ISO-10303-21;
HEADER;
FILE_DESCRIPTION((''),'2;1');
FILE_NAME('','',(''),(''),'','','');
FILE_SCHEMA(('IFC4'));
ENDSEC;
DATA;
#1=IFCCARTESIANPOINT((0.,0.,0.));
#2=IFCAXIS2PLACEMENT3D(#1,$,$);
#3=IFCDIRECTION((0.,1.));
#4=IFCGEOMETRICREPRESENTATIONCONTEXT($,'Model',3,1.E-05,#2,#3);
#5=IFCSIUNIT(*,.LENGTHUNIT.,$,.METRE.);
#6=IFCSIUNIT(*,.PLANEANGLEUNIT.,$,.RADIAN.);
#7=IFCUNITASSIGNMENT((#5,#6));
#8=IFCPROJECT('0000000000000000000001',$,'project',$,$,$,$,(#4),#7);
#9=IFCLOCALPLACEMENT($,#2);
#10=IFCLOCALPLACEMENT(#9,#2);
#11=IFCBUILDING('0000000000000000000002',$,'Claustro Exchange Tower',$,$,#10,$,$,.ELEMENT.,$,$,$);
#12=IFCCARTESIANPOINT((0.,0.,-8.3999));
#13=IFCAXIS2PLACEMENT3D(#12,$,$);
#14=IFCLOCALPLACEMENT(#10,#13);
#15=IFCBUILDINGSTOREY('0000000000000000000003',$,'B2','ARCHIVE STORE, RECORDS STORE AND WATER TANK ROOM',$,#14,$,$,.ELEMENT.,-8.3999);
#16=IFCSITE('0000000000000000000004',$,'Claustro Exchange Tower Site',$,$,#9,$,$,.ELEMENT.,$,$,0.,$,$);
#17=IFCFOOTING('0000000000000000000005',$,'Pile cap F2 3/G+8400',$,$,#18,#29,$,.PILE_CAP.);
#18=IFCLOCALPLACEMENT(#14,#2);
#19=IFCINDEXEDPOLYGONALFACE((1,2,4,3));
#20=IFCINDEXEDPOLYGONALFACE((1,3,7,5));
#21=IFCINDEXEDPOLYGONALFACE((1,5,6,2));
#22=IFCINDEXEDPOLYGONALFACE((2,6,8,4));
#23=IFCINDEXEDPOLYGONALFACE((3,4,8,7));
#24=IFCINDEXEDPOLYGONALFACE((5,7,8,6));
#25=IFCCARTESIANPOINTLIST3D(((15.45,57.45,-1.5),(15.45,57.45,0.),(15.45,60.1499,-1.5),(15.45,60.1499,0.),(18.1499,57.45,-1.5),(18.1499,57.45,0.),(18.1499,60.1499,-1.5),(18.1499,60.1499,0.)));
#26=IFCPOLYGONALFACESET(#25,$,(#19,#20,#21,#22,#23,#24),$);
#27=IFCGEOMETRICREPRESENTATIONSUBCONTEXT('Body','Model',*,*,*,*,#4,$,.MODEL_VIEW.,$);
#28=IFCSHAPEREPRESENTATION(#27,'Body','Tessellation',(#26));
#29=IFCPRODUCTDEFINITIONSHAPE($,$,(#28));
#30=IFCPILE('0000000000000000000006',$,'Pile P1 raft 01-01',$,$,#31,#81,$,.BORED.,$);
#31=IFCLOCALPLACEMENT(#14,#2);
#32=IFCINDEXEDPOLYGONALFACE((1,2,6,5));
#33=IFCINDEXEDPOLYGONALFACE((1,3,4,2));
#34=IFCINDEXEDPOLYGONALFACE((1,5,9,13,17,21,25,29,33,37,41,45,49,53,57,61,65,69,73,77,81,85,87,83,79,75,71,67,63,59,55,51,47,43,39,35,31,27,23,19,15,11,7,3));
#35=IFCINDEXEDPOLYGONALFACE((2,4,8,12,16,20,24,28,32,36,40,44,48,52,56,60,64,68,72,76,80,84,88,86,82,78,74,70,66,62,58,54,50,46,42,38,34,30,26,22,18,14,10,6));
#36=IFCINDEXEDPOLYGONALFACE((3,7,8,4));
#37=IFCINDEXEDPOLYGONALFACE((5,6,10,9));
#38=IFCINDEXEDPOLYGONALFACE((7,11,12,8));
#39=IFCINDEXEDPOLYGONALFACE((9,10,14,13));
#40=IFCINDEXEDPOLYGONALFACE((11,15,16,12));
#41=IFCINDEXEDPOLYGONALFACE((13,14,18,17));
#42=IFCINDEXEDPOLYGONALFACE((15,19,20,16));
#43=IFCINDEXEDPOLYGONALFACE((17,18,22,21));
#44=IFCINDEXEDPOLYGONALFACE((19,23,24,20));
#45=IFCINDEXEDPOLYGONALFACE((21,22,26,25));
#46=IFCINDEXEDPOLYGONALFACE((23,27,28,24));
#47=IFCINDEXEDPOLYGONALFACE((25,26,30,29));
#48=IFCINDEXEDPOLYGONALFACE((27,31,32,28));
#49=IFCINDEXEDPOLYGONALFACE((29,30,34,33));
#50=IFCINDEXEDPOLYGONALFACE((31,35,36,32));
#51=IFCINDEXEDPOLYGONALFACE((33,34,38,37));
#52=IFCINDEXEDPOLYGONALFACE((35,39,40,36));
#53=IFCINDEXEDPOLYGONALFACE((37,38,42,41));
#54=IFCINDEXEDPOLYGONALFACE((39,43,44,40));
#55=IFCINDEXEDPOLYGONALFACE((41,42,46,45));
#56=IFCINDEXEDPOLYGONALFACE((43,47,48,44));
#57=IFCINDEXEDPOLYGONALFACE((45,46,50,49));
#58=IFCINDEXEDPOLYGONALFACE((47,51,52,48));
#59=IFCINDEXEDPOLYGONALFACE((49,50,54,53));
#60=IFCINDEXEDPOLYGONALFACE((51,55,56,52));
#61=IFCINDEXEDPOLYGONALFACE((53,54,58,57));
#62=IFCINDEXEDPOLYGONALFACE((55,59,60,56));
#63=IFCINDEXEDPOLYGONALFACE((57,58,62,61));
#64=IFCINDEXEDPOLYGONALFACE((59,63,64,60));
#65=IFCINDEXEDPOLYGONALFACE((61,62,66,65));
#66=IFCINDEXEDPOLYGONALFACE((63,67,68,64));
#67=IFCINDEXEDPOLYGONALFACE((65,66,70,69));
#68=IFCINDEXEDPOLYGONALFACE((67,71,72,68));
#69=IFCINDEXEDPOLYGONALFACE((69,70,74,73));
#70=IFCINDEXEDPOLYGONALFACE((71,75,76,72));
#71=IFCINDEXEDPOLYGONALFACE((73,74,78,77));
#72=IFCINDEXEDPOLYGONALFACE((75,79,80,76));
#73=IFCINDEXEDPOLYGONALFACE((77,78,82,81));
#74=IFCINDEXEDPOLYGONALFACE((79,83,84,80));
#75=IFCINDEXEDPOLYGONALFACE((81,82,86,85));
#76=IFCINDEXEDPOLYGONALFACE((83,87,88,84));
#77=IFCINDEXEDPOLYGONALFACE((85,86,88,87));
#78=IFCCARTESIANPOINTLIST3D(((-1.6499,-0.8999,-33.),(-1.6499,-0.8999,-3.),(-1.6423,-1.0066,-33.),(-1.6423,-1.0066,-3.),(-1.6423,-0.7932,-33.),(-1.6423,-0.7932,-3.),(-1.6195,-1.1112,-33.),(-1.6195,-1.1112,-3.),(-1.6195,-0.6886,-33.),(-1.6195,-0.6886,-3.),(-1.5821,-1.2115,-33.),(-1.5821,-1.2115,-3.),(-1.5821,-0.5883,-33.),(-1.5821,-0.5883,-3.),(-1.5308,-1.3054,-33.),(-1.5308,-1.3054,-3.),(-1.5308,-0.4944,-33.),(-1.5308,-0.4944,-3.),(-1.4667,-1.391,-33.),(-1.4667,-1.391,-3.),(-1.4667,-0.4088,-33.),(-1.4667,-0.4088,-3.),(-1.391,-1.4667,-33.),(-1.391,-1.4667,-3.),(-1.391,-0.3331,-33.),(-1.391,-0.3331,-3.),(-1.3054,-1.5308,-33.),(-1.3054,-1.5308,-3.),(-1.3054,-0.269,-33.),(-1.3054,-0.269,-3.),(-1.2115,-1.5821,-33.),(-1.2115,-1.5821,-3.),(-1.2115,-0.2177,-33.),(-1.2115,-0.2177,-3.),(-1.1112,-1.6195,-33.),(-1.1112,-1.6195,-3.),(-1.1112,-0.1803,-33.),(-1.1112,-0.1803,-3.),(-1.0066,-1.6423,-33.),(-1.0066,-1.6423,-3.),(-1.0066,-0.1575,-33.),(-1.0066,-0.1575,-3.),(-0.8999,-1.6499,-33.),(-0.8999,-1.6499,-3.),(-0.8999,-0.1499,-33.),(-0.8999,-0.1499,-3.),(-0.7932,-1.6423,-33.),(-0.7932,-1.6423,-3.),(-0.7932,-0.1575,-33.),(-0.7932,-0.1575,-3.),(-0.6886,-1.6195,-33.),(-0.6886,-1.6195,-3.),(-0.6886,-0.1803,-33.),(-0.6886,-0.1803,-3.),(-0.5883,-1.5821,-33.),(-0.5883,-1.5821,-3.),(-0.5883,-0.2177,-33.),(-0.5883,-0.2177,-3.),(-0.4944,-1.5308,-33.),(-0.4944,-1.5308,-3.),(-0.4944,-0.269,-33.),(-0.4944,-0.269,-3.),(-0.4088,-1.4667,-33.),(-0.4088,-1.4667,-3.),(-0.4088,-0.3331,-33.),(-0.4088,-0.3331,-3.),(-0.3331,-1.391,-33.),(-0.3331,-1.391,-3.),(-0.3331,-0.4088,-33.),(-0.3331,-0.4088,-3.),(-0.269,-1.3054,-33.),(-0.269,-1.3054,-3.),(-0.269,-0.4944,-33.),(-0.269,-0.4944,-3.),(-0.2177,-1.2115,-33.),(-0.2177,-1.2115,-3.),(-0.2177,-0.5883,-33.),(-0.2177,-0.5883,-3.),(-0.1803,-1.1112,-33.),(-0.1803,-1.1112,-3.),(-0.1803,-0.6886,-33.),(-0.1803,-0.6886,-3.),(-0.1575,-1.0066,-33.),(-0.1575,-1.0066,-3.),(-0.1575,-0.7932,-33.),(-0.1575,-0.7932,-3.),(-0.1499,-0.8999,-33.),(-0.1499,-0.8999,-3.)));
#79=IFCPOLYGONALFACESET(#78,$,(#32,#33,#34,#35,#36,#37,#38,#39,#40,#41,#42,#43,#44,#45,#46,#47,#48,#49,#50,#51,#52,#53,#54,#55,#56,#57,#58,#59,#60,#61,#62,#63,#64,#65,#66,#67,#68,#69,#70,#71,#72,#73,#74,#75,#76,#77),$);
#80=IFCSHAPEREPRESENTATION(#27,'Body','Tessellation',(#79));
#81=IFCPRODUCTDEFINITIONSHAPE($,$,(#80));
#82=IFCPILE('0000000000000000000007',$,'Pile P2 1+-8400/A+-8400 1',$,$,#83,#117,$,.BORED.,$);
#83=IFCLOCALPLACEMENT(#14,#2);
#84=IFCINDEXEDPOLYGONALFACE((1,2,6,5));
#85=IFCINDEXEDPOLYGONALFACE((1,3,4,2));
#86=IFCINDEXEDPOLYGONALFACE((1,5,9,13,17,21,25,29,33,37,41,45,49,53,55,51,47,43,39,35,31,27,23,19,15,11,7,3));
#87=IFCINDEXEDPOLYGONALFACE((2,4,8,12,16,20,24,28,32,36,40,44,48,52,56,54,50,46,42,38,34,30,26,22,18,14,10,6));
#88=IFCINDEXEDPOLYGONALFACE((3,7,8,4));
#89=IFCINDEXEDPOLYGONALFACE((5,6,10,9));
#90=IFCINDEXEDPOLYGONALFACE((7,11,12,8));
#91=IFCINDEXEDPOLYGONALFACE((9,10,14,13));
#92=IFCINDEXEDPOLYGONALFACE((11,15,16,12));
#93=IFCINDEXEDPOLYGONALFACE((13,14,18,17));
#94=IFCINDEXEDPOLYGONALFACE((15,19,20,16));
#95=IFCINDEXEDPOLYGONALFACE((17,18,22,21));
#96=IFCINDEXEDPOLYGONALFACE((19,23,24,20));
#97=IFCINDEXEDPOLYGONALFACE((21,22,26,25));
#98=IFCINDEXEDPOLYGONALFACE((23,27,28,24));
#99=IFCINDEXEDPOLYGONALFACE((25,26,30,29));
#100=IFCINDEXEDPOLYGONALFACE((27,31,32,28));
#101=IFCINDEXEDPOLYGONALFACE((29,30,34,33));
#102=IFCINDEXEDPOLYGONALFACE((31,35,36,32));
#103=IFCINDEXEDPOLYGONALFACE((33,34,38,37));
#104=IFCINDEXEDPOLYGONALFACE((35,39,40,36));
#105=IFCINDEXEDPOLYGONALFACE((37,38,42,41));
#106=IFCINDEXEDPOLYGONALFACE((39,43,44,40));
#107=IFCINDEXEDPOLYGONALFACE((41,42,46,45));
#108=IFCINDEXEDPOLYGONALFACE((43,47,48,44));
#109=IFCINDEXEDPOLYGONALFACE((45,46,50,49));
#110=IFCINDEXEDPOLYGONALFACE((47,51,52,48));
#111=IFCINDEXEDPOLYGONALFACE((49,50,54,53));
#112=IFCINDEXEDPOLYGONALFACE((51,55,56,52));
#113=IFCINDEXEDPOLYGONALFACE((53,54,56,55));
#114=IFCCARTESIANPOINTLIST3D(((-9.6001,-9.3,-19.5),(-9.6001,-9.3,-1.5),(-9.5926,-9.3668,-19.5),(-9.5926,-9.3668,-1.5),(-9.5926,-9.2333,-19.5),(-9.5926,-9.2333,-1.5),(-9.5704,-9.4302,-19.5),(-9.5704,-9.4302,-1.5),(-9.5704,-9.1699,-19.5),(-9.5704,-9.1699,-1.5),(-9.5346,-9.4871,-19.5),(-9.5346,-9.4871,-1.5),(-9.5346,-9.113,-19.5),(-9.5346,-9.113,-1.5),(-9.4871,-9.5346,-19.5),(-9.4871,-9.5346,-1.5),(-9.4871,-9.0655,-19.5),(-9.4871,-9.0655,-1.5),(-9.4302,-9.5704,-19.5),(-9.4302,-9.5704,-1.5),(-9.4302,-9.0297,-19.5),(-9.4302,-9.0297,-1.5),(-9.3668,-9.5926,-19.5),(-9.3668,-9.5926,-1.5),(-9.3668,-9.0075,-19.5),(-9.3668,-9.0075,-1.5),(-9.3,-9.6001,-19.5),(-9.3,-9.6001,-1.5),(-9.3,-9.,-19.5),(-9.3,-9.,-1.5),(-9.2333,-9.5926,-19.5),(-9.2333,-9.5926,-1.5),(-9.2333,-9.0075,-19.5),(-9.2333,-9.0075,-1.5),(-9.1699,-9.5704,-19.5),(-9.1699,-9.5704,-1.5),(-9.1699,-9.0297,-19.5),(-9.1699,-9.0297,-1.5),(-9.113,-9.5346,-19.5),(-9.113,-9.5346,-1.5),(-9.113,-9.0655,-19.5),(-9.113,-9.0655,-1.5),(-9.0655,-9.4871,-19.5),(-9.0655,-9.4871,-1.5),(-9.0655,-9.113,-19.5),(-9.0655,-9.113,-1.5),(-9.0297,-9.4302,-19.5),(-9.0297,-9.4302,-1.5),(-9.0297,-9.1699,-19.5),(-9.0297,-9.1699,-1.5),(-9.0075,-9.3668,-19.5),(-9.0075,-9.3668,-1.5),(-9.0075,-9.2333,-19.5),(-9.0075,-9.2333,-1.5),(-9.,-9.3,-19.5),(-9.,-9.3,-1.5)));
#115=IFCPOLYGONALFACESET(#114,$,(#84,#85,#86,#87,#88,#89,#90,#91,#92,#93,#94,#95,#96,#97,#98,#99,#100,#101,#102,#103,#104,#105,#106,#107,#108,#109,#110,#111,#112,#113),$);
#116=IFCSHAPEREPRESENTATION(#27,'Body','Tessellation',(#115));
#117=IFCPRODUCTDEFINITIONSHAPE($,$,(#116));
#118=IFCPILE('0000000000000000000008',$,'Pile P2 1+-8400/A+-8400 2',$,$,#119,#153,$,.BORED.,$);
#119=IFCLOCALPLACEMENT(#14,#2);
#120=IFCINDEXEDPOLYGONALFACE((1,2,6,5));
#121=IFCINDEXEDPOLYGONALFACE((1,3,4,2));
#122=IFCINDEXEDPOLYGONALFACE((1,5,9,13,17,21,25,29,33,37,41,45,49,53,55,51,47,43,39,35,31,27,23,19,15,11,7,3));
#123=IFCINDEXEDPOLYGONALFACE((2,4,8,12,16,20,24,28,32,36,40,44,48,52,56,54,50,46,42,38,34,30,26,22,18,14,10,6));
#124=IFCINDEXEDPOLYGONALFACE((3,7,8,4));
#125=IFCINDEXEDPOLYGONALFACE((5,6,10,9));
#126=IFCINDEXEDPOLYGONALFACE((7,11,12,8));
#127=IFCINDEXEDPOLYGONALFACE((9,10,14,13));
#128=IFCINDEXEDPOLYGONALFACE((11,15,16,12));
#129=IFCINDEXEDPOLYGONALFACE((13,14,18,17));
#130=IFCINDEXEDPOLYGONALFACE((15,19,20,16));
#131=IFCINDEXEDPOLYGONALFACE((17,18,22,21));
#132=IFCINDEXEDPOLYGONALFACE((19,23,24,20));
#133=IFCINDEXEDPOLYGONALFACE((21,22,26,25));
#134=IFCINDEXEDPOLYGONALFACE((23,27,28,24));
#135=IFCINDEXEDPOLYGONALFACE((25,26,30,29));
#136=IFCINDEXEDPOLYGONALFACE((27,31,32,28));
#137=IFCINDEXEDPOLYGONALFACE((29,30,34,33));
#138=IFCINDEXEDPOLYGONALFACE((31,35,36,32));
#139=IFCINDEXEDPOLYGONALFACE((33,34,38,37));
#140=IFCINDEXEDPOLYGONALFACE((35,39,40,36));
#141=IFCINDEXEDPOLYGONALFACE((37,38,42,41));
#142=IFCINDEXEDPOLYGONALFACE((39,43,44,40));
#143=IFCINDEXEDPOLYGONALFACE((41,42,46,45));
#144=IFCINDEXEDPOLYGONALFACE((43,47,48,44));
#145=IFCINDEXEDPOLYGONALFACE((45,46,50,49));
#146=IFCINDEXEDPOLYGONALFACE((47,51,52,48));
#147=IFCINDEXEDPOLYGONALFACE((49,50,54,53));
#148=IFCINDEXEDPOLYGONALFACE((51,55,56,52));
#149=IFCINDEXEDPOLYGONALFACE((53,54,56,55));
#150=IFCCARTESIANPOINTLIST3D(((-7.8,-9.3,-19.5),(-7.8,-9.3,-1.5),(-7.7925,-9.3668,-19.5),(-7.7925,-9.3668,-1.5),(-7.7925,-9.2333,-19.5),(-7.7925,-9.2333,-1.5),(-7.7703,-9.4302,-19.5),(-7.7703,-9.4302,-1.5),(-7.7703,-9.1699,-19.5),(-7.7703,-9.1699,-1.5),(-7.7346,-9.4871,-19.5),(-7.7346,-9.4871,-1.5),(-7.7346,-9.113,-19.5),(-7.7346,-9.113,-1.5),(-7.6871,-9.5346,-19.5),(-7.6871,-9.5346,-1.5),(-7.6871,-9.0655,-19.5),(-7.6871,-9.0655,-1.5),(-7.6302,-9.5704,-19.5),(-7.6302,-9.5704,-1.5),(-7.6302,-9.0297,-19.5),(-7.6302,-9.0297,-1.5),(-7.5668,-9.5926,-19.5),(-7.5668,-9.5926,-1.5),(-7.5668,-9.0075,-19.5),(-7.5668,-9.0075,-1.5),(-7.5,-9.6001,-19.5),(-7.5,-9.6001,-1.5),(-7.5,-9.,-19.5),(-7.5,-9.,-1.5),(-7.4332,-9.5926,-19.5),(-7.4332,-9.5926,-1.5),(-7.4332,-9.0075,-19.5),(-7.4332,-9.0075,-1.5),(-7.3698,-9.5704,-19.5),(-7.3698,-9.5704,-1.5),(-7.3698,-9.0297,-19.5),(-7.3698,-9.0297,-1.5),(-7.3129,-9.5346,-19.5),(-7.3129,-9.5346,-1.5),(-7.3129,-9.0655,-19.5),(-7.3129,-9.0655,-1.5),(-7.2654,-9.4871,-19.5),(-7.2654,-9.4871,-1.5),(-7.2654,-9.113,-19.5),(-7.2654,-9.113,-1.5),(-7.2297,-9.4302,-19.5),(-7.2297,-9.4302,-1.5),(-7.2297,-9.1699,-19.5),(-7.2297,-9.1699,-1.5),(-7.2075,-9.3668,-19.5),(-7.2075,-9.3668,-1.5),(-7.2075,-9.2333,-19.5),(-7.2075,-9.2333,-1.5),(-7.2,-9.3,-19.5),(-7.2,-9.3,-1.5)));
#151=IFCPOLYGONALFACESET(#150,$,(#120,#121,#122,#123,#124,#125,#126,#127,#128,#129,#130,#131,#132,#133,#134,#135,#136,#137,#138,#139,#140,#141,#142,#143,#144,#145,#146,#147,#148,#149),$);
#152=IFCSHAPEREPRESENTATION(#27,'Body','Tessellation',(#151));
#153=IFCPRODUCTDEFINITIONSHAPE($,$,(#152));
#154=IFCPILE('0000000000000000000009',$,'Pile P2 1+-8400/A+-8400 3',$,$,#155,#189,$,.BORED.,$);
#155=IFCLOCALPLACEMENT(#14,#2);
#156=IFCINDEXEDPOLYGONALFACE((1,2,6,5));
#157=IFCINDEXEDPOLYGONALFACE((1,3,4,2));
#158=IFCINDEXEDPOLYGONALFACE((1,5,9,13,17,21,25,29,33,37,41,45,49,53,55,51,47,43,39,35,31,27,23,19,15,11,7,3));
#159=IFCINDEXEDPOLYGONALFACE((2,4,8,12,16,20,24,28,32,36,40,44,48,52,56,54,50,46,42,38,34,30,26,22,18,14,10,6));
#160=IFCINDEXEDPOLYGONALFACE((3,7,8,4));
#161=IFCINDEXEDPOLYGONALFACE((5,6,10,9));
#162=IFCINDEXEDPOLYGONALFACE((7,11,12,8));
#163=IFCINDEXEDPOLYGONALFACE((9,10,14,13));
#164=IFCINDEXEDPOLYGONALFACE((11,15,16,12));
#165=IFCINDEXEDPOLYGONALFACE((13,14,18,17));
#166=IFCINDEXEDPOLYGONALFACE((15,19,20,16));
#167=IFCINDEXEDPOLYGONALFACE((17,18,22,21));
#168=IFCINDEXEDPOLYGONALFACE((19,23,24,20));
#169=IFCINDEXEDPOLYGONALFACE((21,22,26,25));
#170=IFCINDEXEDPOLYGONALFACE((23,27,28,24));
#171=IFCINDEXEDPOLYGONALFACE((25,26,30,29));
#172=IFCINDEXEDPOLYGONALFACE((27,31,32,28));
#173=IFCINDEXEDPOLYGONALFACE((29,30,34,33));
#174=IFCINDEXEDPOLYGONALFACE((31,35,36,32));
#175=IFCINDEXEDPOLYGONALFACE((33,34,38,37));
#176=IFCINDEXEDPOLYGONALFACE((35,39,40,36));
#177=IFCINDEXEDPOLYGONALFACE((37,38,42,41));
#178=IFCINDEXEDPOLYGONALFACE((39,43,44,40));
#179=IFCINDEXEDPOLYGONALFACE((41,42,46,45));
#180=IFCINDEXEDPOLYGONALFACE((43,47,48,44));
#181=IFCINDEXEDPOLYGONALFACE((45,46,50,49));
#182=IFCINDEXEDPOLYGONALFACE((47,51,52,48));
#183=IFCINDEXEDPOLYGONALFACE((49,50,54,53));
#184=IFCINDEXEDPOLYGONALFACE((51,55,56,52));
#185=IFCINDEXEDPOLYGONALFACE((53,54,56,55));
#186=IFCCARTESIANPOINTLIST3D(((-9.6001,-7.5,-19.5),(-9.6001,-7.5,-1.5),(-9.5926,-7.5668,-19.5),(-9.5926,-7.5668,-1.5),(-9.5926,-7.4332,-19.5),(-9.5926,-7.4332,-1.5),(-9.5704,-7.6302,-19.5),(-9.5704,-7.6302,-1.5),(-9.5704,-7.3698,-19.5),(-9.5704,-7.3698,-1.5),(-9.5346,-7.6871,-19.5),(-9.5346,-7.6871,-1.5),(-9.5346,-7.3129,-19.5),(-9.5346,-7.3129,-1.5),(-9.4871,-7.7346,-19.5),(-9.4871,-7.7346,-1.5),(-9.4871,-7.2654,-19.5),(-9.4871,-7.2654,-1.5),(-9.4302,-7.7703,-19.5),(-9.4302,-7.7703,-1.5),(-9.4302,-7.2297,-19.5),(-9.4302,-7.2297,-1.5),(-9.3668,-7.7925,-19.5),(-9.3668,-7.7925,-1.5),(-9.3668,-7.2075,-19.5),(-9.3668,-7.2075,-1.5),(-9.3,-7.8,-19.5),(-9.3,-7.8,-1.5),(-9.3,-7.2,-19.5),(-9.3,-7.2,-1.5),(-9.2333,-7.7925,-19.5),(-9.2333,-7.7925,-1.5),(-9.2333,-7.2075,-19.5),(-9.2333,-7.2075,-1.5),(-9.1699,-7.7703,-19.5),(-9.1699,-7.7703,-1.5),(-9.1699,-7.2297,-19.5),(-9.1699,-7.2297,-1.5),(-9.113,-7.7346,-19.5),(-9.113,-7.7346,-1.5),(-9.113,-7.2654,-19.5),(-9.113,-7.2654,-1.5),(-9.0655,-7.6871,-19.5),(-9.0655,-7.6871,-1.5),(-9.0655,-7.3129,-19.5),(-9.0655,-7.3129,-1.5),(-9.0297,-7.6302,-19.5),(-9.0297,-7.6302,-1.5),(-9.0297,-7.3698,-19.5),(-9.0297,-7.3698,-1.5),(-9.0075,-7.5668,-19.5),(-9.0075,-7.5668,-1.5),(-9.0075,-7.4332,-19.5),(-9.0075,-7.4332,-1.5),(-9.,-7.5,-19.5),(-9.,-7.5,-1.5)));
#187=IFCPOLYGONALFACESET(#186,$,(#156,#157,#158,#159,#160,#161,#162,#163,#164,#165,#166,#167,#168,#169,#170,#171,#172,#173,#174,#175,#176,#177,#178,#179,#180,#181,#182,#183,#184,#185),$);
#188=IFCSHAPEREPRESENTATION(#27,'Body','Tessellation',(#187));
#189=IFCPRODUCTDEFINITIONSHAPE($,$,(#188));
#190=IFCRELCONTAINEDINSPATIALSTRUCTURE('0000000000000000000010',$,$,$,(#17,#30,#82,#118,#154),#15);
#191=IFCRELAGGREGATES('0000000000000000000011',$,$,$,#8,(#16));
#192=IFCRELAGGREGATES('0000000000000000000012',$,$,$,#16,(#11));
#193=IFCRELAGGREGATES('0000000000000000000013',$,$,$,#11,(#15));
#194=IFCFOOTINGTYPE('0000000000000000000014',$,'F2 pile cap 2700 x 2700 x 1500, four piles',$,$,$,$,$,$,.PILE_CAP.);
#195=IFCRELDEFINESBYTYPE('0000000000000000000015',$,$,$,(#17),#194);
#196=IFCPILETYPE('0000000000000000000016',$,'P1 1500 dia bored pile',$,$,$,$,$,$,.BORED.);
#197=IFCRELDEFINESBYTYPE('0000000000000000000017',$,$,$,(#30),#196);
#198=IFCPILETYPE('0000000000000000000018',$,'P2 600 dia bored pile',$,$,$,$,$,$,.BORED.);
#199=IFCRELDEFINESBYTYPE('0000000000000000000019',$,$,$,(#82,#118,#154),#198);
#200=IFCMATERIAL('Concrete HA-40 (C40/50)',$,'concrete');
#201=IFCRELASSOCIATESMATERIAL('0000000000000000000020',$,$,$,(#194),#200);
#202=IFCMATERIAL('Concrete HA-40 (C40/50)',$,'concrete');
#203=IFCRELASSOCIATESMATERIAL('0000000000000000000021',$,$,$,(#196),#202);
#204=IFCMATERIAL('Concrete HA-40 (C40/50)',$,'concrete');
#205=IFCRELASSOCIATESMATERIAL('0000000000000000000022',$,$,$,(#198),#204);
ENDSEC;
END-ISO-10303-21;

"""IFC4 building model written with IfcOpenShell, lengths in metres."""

from ifc_helpers import new_model, si_unit, direction, frame, origin, origin_2d, place, context, subcontext, project, spatial, polyline, circle, outline, extrude, material, type_object, element, save


model = new_model("IFC4")

# Units and contexts
model_context = context("Model", 3, precision=1e-05, world=origin(), true_north=direction((0.0, 1.0)))
body_context = subcontext(model_context, "Body", "Model", "MODEL_VIEW")
ifc_project = project(units=[si_unit("LENGTHUNIT", "METRE"), si_unit("PLANEANGLEUNIT", "RADIAN")], contexts=[model_context])

# Site, building, storey
site_placement = place(None, origin())
site = spatial("IfcSite", under=ifc_project, at=site_placement, Name="Claustro Exchange Tower Site", CompositionType="ELEMENT", RefElevation=0.0)
building_placement = place(site_placement, origin())
building = spatial("IfcBuilding", under=site, at=building_placement, Name="Claustro Exchange Tower", CompositionType="ELEMENT")
storey_placement = place(building_placement, frame((0.0, 0.0, -8.3999)))
storey = spatial("IfcBuildingStorey", under=building, at=storey_placement, Name="B2", Description="ARCHIVE STORE, RECORDS STORE AND WATER TANK ROOM", CompositionType="ELEMENT", Elevation=-8.3999)

# Footing
ifc_material_1 = material(Name="Concrete HA-40 (C40/50)", Category="concrete")
footing_type_1 = type_object("IfcFootingType", Name="F2 pile cap 2700 x 2700 x 1500, four piles", PredefinedType="PILE_CAP", material=ifc_material_1)
footing_1_placement = place(storey_placement, frame((0.0, 0.0, -1.5)))
element("IfcFooting", 1, at=footing_1_placement, inside=storey, type_object=footing_type_1, Name="Pile cap F2 3/G+8400", PredefinedType="PILE_CAP", context=body_context, shape_type="SweptSolid", body=[
    extrude(outline(polyline([(18.1499, 57.45), (18.1499, 60.1499), (15.45, 60.1499), (15.45, 57.45), (18.1499, 57.45)])), origin(), (0.0, 0.0, 1.0), 1.5),
])

# Piles
ifc_material_2 = material(Name="Concrete HA-40 (C40/50)", Category="concrete")
pile_type_1 = type_object("IfcPileType", Name="P1 1500 dia bored pile", PredefinedType="BORED", material=ifc_material_2)
pile_placement = place(storey_placement, frame((-0.8999, -0.8999, -3.0), z_axis=(0.0, 0.0, -1.0), x_axis=(1.0, 0.0, 0.0)))
element("IfcPile", 2, at=pile_placement, inside=storey, type_object=pile_type_1, Name="Pile P1 raft 01-01", PredefinedType="BORED", context=body_context, shape_type="SweptSolid", body=[
    extrude(circle(Radius=0.75, at=origin_2d()), origin(), (0.0, 0.0, 1.0), 30.0),
])
ifc_material_3 = material(Name="Concrete HA-40 (C40/50)", Category="concrete")
pile_type_2 = type_object("IfcPileType", Name="P2 600 dia bored pile", PredefinedType="BORED", material=ifc_material_3)
for number, where, z_axis, x_axis, name in (
    (3, (-9.3, -9.3, -1.5), (0.0, 0.0, -1.0), (1.0, 0.0, 0.0), "Pile P2 1+-8400/A+-8400 1"),
    (4, (-7.5, -9.3, -1.5), (0.0, 0.0, -1.0), (1.0, 0.0, 0.0), "Pile P2 1+-8400/A+-8400 2"),
    (5, (-9.3, -7.5, -1.5), (0.0, 0.0, -1.0), (1.0, 0.0, 0.0), "Pile P2 1+-8400/A+-8400 3"),
):
    element("IfcPile", number, at=place(storey_placement, frame(where, z_axis=z_axis, x_axis=x_axis)), inside=storey, type_object=pile_type_2, Name=name, PredefinedType="BORED", context=body_context, shape_type="SweptSolid", body=[
        extrude(circle(Radius=0.3, at=origin_2d()), origin(), (0.0, 0.0, 1.0), 18.0),
    ])

save(model, "model.ifc")
